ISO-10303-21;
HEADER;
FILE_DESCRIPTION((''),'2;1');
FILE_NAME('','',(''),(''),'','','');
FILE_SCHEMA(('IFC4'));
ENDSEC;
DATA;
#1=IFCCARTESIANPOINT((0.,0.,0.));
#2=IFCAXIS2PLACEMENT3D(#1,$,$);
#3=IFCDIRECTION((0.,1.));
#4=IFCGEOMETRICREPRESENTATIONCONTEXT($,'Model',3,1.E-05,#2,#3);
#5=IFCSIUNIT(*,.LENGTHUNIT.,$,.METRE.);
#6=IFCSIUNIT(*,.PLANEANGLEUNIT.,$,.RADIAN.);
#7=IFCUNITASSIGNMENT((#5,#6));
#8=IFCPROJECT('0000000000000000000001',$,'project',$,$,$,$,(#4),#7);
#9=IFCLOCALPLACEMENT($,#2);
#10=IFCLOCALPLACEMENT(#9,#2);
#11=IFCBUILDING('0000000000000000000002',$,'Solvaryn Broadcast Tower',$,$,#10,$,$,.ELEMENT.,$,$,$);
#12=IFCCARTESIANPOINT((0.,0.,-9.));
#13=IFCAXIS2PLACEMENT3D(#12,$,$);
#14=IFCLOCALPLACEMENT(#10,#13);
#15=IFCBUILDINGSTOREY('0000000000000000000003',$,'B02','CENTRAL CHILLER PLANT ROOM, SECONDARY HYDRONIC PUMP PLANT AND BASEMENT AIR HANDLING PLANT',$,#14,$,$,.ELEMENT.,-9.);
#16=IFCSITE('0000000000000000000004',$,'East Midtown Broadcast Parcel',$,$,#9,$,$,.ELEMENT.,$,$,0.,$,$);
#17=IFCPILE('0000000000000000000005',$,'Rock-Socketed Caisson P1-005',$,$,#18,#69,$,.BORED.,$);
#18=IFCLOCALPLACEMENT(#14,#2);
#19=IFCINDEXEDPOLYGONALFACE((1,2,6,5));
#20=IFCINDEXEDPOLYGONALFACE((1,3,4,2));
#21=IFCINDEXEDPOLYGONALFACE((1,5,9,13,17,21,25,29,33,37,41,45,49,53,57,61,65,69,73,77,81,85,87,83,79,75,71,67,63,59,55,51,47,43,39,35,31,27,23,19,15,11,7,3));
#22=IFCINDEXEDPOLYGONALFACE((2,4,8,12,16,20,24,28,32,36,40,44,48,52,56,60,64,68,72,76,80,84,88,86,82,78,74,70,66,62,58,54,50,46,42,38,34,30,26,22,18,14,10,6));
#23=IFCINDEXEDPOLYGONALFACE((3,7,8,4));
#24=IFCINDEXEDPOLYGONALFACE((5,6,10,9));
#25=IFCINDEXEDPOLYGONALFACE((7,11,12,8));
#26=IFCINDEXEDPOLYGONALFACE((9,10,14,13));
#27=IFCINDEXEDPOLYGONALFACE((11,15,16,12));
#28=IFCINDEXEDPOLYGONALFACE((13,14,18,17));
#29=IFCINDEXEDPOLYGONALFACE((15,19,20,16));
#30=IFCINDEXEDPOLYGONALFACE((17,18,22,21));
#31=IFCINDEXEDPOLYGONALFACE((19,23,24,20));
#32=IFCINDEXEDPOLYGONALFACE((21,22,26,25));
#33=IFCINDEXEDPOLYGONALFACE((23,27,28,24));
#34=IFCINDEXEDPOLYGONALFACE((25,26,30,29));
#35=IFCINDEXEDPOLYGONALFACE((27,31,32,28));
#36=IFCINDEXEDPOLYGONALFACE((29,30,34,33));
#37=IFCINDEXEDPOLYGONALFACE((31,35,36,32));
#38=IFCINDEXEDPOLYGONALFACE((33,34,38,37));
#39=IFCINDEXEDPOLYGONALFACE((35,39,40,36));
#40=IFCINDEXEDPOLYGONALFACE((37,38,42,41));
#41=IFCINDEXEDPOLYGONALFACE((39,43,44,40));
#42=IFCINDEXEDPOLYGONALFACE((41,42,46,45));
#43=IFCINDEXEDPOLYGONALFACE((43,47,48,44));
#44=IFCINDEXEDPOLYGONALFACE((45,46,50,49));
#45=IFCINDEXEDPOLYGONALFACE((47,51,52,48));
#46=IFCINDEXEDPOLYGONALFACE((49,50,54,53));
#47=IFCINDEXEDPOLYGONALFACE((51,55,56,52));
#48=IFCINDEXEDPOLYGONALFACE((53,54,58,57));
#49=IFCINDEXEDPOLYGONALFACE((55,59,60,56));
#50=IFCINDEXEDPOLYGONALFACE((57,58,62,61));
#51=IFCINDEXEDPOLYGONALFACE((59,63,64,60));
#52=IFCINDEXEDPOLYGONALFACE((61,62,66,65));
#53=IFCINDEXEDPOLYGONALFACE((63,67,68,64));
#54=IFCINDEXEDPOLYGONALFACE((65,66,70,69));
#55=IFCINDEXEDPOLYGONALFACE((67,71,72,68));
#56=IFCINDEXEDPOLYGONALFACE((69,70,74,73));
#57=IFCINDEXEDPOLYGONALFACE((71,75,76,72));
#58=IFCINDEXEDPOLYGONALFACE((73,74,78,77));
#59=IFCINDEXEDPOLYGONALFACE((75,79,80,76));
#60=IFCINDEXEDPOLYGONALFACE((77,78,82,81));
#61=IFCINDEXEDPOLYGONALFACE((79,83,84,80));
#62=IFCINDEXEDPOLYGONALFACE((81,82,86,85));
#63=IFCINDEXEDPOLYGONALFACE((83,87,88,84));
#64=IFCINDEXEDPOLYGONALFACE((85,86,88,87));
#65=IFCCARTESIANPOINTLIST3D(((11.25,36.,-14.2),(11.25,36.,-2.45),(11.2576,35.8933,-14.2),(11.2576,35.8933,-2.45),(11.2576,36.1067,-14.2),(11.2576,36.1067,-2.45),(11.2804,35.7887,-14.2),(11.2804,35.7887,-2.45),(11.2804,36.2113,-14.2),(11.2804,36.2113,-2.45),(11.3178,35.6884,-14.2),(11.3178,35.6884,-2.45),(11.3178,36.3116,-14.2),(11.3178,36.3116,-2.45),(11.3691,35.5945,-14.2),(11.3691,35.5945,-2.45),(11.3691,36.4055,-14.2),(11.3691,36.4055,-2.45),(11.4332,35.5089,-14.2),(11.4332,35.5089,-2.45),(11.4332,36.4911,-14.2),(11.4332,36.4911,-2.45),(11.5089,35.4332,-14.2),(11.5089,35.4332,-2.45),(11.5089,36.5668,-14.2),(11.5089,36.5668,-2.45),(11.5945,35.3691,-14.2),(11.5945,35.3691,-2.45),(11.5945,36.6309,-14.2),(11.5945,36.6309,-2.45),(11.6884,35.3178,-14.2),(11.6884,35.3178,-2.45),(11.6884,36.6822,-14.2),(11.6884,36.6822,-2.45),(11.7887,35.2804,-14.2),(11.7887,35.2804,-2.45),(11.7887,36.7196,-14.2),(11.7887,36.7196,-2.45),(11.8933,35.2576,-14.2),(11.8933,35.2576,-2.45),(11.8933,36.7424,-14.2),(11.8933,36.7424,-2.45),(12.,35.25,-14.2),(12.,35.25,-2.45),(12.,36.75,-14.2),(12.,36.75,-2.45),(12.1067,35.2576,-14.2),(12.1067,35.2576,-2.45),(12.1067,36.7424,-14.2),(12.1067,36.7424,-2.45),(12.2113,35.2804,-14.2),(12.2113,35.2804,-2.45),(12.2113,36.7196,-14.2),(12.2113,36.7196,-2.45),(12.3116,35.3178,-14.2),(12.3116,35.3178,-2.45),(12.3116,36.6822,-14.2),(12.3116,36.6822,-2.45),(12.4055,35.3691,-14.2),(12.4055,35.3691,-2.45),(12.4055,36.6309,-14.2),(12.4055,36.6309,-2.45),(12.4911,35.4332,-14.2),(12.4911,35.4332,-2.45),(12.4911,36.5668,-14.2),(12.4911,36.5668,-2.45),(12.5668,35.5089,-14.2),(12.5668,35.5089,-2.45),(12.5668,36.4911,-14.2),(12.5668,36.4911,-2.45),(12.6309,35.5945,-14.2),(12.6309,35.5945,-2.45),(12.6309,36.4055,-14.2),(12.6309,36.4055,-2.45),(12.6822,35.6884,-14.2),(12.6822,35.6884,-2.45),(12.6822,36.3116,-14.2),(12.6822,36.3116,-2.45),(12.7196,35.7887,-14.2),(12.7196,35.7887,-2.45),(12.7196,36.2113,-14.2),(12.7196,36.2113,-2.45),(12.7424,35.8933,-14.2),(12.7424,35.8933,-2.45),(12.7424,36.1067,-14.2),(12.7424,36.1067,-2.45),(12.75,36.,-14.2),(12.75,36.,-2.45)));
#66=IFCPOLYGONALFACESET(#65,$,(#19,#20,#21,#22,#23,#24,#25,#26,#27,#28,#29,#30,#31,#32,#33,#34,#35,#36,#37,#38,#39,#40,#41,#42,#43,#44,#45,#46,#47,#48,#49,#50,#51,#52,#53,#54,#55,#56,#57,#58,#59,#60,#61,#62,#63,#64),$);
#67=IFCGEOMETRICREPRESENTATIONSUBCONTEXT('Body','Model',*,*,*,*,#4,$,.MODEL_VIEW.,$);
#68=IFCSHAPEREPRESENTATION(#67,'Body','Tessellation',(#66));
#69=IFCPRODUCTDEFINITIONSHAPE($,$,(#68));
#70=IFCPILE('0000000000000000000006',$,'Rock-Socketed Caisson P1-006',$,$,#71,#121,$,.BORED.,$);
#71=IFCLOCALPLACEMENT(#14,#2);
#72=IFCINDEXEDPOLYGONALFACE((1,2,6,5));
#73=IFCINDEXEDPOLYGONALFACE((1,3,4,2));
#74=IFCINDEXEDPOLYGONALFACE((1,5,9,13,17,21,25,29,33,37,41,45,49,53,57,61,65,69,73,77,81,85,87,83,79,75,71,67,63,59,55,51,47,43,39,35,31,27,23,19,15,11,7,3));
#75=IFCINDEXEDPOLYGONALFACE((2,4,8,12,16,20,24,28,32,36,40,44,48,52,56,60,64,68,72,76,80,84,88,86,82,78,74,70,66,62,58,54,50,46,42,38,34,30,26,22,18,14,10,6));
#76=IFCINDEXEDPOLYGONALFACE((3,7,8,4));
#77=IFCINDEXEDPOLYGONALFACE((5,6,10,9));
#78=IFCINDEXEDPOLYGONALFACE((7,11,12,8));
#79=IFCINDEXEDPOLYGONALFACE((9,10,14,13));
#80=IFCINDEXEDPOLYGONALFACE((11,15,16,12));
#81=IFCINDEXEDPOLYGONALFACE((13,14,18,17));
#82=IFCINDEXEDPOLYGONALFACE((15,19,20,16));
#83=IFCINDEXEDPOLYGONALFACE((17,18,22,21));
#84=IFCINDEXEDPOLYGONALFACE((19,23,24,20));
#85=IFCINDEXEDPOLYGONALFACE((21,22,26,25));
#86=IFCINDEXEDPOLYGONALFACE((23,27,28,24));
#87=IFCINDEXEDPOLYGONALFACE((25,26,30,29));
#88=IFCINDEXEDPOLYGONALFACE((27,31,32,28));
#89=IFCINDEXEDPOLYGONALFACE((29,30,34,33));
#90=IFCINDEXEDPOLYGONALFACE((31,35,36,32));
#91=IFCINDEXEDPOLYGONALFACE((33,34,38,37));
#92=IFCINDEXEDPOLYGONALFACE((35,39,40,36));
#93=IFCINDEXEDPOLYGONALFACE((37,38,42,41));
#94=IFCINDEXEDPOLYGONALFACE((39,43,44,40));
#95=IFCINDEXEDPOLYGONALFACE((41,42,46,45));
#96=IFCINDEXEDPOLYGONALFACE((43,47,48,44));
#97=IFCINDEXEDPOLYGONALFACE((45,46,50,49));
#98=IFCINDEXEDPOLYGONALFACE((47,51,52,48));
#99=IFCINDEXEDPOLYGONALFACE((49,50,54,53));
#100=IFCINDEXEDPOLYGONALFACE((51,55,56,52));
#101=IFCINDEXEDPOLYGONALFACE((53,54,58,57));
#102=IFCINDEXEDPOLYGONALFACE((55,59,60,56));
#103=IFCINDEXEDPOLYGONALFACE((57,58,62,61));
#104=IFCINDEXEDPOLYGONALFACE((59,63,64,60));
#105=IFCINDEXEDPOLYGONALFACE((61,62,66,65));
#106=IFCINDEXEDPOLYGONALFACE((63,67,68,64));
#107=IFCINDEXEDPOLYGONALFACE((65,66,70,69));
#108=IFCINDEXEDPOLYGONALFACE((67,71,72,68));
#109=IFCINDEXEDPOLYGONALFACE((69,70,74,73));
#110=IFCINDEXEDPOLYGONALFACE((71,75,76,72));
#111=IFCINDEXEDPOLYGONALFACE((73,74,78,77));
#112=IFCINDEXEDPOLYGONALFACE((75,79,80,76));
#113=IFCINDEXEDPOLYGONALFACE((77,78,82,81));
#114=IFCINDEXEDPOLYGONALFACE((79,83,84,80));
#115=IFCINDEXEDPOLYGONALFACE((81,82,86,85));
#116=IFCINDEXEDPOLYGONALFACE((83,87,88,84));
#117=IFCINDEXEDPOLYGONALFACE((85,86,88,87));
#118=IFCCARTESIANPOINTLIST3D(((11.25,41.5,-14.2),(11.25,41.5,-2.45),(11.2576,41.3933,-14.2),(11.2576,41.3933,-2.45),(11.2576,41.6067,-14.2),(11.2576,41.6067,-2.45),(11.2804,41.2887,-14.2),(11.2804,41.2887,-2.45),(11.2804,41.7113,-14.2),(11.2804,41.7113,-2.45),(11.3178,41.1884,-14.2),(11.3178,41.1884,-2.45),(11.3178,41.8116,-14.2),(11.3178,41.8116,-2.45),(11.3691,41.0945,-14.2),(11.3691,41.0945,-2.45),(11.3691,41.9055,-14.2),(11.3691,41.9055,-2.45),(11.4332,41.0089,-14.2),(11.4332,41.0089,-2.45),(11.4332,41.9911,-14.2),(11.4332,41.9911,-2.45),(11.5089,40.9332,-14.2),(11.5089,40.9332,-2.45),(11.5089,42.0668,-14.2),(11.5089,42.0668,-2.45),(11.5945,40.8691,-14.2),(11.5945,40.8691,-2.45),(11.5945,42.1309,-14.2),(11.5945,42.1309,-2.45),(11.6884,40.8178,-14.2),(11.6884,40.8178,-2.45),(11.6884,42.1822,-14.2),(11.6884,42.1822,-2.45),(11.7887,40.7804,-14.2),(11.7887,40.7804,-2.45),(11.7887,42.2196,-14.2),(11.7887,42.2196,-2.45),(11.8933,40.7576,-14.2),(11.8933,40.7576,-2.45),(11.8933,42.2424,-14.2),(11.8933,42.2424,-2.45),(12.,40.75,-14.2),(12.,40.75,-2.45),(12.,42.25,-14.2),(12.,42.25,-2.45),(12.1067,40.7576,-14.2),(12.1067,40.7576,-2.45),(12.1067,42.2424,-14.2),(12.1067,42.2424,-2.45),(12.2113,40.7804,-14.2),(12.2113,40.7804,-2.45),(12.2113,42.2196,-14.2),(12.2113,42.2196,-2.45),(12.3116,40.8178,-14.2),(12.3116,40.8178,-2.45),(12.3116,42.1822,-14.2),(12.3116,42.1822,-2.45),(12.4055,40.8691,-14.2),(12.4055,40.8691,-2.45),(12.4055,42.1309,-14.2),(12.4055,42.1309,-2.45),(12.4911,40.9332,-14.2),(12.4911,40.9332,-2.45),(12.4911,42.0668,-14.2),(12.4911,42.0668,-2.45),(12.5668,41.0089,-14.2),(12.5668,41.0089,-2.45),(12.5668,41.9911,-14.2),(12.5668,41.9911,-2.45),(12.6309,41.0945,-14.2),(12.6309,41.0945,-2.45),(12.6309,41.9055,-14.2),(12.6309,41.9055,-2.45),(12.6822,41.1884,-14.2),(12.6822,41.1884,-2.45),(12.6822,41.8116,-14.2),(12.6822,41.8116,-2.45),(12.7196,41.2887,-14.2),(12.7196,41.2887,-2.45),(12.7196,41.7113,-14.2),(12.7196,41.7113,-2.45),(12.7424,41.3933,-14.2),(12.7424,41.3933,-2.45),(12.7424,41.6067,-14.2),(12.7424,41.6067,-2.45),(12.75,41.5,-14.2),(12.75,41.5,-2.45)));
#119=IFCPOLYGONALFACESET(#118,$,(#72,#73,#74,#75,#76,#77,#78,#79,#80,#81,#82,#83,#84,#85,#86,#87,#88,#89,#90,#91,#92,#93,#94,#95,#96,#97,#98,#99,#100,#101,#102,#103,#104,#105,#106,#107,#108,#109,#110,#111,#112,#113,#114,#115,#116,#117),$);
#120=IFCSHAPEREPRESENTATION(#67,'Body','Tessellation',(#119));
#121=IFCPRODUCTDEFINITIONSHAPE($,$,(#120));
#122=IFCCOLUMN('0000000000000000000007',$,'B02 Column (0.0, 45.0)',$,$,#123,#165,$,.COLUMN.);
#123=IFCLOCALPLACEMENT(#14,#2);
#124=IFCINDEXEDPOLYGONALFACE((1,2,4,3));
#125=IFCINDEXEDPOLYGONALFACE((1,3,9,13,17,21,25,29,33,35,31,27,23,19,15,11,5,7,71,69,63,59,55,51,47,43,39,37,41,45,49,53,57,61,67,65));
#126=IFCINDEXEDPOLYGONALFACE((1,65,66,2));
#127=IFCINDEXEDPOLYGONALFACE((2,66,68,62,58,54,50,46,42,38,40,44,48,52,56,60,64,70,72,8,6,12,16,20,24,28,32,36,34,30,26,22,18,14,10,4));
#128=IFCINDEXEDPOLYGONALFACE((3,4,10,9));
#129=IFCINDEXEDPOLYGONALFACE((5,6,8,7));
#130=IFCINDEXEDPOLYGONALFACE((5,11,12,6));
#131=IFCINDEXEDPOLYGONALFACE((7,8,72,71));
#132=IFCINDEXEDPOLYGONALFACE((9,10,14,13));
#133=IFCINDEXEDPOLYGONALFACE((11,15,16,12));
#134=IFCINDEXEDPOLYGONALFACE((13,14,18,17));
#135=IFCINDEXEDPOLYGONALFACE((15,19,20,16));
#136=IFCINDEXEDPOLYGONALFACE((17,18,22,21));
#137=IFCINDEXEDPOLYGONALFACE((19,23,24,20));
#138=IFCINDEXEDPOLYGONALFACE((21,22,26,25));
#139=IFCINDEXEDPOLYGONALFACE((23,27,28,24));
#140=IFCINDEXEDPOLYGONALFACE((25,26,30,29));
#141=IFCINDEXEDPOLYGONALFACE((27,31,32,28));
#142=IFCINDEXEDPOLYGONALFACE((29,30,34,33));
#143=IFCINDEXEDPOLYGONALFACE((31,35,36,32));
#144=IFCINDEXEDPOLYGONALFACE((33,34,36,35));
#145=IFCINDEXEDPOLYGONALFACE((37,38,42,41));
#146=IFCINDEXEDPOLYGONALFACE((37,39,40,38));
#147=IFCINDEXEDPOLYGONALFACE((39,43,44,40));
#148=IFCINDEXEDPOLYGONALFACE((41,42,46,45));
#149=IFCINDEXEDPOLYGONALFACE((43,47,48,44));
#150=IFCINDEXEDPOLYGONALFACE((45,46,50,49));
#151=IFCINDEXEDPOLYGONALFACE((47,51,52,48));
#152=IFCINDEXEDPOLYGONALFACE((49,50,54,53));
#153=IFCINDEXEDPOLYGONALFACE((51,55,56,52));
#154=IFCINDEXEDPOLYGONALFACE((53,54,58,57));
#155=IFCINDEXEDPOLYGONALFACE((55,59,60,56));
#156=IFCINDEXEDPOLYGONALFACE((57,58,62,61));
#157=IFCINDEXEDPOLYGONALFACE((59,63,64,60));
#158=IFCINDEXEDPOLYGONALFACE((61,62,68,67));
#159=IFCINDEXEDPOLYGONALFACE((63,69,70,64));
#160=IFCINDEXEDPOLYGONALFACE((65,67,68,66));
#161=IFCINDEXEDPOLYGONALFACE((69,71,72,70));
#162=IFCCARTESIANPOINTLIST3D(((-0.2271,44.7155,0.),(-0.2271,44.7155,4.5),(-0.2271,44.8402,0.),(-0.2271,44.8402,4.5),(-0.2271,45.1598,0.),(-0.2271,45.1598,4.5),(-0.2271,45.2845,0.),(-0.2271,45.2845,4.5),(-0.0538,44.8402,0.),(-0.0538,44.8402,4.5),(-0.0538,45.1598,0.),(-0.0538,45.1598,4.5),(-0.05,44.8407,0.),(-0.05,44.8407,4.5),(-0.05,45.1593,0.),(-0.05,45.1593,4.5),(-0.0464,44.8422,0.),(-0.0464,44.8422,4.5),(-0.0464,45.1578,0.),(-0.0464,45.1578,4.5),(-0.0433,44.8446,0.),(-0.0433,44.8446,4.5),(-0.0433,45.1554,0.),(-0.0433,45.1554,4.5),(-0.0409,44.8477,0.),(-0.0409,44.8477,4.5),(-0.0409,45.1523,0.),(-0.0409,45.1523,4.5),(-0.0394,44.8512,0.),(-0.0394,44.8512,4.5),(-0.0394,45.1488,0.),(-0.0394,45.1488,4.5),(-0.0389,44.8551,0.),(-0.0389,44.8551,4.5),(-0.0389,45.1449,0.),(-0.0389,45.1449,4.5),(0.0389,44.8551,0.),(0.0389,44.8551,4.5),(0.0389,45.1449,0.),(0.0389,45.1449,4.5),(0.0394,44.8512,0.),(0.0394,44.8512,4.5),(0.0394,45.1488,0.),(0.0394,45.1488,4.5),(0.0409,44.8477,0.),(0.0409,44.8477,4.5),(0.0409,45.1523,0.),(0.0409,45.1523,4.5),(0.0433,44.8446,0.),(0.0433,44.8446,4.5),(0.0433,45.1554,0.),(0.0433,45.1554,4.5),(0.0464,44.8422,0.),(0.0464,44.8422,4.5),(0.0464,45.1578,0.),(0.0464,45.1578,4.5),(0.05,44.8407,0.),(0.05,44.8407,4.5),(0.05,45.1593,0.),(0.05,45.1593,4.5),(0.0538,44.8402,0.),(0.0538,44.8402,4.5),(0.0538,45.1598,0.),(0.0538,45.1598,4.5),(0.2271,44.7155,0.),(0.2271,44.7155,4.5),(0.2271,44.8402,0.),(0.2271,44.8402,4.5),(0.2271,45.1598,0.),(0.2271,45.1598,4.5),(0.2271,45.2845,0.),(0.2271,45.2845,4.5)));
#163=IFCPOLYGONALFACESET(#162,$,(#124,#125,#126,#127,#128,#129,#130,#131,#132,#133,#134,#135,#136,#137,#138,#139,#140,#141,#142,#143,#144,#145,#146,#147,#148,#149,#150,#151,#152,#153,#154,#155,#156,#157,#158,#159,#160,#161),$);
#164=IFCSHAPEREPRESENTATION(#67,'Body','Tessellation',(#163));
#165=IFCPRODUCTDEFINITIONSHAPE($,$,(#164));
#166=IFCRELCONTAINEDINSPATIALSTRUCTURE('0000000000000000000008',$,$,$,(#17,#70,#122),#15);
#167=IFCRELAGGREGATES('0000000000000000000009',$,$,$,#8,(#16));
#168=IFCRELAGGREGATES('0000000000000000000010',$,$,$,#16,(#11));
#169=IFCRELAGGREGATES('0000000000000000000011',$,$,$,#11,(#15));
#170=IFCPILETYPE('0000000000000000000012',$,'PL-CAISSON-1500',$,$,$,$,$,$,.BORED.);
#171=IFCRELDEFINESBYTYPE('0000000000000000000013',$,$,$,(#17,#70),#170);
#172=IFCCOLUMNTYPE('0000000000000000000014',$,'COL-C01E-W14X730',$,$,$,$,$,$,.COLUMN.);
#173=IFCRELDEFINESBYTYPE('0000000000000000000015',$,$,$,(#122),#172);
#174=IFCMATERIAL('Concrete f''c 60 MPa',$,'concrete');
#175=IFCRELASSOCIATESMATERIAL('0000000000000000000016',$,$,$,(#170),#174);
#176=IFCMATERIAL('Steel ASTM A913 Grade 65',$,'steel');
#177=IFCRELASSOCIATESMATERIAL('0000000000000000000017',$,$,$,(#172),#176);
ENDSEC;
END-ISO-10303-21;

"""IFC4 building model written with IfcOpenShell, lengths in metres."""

from ifc_helpers import new_model, si_unit, direction, frame, origin, origin_2d, place, context, subcontext, project, spatial, circle, i_section, extrude, material, material_profile, profile_set, type_object, element, save


model = new_model("IFC4")

# Units and contexts
model_context = context("Model", 3, precision=1e-05, world=origin(), true_north=direction((0.0, 1.0)))
body_context = subcontext(model_context, "Body", "Model", "MODEL_VIEW")
ifc_project = project(units=[si_unit("LENGTHUNIT", "METRE"), si_unit("PLANEANGLEUNIT", "RADIAN")], contexts=[model_context])

# Site, building, storey
site_placement = place(None, origin())
site = spatial("IfcSite", under=ifc_project, at=site_placement, Name="East Midtown Broadcast Parcel", CompositionType="ELEMENT", RefElevation=0.0)
building_placement = place(site_placement, origin())
building = spatial("IfcBuilding", under=site, at=building_placement, Name="Solvaryn Broadcast Tower", CompositionType="ELEMENT")
storey_placement = place(building_placement, frame((0.0, 0.0, -9.0)))
storey = spatial("IfcBuildingStorey", under=building, at=storey_placement, Name="B02", Description="CENTRAL CHILLER PLANT ROOM, SECONDARY HYDRONIC PUMP PLANT AND BASEMENT AIR HANDLING PLANT", CompositionType="ELEMENT", Elevation=-9.0)

# Piles
ifc_material_1 = material(Name="Concrete f'c 60 MPa", Category="concrete")
ifc_material_profile_1 = material_profile(ifc_material_1, circle(Radius=0.75, at=origin_2d()))
ifc_profile_set_1 = profile_set([ifc_material_profile_1], Name="Concrete f'c 60 MPa")
pile_type_1 = type_object("IfcPileType", Name="PL-CAISSON-1500", PredefinedType="BORED", material=ifc_profile_set_1)
for number, where, z_axis, x_axis, name in (
    (1, (12.0, 36.0, -2.45), (0.0, 0.0, -1.0), (1.0, 0.0, 0.0), "Rock-Socketed Caisson P1-005"),
    (2, (12.0, 41.5, -2.45), (0.0, 0.0, -1.0), (1.0, 0.0, 0.0), "Rock-Socketed Caisson P1-006"),
):
    element("IfcPile", number, at=place(storey_placement, frame(where, z_axis=z_axis, x_axis=x_axis)), inside=storey, type_object=pile_type_1, Name=name, PredefinedType="BORED", context=body_context, shape_type="SweptSolid", body=[
        extrude(circle(Radius=0.75, at=origin_2d()), origin(), (0.0, 0.0, 1.0), 11.75),
    ])

# Column
ifc_material_2 = material(Name="Steel ASTM A913 Grade 65", Category="steel")
ifc_material_profile_2 = material_profile(ifc_material_2, i_section(OverallWidth=0.4541, OverallDepth=0.5691, WebThickness=0.0779, FlangeThickness=0.1248, FilletRadius=0.0149, at=origin_2d()))
ifc_profile_set_2 = profile_set([ifc_material_profile_2], Name="Steel ASTM A913 Grade 65")
column_type_1 = type_object("IfcColumnType", Name="COL-C01E-W14X730", PredefinedType="COLUMN", material=ifc_profile_set_2)
for number, where, z_axis, x_axis, name in (
    (3, (0.0, 45.0, 0.0), (0.0, 0.0, 1.0), (1.0, 0.0, 0.0), "B02 Column (0.0, 45.0)"),
):
    element("IfcColumn", number, at=place(storey_placement, frame(where, z_axis=z_axis, x_axis=x_axis)), inside=storey, type_object=column_type_1, Name=name, PredefinedType="COLUMN", context=body_context, shape_type="SweptSolid", body=[
        extrude(i_section(OverallWidth=0.4541, OverallDepth=0.5691, WebThickness=0.0779, FlangeThickness=0.1248, FilletRadius=0.0149, at=origin_2d()), origin(), (0.0, 0.0, 1.0), 4.5),
    ])

save(model, "model.ifc")
